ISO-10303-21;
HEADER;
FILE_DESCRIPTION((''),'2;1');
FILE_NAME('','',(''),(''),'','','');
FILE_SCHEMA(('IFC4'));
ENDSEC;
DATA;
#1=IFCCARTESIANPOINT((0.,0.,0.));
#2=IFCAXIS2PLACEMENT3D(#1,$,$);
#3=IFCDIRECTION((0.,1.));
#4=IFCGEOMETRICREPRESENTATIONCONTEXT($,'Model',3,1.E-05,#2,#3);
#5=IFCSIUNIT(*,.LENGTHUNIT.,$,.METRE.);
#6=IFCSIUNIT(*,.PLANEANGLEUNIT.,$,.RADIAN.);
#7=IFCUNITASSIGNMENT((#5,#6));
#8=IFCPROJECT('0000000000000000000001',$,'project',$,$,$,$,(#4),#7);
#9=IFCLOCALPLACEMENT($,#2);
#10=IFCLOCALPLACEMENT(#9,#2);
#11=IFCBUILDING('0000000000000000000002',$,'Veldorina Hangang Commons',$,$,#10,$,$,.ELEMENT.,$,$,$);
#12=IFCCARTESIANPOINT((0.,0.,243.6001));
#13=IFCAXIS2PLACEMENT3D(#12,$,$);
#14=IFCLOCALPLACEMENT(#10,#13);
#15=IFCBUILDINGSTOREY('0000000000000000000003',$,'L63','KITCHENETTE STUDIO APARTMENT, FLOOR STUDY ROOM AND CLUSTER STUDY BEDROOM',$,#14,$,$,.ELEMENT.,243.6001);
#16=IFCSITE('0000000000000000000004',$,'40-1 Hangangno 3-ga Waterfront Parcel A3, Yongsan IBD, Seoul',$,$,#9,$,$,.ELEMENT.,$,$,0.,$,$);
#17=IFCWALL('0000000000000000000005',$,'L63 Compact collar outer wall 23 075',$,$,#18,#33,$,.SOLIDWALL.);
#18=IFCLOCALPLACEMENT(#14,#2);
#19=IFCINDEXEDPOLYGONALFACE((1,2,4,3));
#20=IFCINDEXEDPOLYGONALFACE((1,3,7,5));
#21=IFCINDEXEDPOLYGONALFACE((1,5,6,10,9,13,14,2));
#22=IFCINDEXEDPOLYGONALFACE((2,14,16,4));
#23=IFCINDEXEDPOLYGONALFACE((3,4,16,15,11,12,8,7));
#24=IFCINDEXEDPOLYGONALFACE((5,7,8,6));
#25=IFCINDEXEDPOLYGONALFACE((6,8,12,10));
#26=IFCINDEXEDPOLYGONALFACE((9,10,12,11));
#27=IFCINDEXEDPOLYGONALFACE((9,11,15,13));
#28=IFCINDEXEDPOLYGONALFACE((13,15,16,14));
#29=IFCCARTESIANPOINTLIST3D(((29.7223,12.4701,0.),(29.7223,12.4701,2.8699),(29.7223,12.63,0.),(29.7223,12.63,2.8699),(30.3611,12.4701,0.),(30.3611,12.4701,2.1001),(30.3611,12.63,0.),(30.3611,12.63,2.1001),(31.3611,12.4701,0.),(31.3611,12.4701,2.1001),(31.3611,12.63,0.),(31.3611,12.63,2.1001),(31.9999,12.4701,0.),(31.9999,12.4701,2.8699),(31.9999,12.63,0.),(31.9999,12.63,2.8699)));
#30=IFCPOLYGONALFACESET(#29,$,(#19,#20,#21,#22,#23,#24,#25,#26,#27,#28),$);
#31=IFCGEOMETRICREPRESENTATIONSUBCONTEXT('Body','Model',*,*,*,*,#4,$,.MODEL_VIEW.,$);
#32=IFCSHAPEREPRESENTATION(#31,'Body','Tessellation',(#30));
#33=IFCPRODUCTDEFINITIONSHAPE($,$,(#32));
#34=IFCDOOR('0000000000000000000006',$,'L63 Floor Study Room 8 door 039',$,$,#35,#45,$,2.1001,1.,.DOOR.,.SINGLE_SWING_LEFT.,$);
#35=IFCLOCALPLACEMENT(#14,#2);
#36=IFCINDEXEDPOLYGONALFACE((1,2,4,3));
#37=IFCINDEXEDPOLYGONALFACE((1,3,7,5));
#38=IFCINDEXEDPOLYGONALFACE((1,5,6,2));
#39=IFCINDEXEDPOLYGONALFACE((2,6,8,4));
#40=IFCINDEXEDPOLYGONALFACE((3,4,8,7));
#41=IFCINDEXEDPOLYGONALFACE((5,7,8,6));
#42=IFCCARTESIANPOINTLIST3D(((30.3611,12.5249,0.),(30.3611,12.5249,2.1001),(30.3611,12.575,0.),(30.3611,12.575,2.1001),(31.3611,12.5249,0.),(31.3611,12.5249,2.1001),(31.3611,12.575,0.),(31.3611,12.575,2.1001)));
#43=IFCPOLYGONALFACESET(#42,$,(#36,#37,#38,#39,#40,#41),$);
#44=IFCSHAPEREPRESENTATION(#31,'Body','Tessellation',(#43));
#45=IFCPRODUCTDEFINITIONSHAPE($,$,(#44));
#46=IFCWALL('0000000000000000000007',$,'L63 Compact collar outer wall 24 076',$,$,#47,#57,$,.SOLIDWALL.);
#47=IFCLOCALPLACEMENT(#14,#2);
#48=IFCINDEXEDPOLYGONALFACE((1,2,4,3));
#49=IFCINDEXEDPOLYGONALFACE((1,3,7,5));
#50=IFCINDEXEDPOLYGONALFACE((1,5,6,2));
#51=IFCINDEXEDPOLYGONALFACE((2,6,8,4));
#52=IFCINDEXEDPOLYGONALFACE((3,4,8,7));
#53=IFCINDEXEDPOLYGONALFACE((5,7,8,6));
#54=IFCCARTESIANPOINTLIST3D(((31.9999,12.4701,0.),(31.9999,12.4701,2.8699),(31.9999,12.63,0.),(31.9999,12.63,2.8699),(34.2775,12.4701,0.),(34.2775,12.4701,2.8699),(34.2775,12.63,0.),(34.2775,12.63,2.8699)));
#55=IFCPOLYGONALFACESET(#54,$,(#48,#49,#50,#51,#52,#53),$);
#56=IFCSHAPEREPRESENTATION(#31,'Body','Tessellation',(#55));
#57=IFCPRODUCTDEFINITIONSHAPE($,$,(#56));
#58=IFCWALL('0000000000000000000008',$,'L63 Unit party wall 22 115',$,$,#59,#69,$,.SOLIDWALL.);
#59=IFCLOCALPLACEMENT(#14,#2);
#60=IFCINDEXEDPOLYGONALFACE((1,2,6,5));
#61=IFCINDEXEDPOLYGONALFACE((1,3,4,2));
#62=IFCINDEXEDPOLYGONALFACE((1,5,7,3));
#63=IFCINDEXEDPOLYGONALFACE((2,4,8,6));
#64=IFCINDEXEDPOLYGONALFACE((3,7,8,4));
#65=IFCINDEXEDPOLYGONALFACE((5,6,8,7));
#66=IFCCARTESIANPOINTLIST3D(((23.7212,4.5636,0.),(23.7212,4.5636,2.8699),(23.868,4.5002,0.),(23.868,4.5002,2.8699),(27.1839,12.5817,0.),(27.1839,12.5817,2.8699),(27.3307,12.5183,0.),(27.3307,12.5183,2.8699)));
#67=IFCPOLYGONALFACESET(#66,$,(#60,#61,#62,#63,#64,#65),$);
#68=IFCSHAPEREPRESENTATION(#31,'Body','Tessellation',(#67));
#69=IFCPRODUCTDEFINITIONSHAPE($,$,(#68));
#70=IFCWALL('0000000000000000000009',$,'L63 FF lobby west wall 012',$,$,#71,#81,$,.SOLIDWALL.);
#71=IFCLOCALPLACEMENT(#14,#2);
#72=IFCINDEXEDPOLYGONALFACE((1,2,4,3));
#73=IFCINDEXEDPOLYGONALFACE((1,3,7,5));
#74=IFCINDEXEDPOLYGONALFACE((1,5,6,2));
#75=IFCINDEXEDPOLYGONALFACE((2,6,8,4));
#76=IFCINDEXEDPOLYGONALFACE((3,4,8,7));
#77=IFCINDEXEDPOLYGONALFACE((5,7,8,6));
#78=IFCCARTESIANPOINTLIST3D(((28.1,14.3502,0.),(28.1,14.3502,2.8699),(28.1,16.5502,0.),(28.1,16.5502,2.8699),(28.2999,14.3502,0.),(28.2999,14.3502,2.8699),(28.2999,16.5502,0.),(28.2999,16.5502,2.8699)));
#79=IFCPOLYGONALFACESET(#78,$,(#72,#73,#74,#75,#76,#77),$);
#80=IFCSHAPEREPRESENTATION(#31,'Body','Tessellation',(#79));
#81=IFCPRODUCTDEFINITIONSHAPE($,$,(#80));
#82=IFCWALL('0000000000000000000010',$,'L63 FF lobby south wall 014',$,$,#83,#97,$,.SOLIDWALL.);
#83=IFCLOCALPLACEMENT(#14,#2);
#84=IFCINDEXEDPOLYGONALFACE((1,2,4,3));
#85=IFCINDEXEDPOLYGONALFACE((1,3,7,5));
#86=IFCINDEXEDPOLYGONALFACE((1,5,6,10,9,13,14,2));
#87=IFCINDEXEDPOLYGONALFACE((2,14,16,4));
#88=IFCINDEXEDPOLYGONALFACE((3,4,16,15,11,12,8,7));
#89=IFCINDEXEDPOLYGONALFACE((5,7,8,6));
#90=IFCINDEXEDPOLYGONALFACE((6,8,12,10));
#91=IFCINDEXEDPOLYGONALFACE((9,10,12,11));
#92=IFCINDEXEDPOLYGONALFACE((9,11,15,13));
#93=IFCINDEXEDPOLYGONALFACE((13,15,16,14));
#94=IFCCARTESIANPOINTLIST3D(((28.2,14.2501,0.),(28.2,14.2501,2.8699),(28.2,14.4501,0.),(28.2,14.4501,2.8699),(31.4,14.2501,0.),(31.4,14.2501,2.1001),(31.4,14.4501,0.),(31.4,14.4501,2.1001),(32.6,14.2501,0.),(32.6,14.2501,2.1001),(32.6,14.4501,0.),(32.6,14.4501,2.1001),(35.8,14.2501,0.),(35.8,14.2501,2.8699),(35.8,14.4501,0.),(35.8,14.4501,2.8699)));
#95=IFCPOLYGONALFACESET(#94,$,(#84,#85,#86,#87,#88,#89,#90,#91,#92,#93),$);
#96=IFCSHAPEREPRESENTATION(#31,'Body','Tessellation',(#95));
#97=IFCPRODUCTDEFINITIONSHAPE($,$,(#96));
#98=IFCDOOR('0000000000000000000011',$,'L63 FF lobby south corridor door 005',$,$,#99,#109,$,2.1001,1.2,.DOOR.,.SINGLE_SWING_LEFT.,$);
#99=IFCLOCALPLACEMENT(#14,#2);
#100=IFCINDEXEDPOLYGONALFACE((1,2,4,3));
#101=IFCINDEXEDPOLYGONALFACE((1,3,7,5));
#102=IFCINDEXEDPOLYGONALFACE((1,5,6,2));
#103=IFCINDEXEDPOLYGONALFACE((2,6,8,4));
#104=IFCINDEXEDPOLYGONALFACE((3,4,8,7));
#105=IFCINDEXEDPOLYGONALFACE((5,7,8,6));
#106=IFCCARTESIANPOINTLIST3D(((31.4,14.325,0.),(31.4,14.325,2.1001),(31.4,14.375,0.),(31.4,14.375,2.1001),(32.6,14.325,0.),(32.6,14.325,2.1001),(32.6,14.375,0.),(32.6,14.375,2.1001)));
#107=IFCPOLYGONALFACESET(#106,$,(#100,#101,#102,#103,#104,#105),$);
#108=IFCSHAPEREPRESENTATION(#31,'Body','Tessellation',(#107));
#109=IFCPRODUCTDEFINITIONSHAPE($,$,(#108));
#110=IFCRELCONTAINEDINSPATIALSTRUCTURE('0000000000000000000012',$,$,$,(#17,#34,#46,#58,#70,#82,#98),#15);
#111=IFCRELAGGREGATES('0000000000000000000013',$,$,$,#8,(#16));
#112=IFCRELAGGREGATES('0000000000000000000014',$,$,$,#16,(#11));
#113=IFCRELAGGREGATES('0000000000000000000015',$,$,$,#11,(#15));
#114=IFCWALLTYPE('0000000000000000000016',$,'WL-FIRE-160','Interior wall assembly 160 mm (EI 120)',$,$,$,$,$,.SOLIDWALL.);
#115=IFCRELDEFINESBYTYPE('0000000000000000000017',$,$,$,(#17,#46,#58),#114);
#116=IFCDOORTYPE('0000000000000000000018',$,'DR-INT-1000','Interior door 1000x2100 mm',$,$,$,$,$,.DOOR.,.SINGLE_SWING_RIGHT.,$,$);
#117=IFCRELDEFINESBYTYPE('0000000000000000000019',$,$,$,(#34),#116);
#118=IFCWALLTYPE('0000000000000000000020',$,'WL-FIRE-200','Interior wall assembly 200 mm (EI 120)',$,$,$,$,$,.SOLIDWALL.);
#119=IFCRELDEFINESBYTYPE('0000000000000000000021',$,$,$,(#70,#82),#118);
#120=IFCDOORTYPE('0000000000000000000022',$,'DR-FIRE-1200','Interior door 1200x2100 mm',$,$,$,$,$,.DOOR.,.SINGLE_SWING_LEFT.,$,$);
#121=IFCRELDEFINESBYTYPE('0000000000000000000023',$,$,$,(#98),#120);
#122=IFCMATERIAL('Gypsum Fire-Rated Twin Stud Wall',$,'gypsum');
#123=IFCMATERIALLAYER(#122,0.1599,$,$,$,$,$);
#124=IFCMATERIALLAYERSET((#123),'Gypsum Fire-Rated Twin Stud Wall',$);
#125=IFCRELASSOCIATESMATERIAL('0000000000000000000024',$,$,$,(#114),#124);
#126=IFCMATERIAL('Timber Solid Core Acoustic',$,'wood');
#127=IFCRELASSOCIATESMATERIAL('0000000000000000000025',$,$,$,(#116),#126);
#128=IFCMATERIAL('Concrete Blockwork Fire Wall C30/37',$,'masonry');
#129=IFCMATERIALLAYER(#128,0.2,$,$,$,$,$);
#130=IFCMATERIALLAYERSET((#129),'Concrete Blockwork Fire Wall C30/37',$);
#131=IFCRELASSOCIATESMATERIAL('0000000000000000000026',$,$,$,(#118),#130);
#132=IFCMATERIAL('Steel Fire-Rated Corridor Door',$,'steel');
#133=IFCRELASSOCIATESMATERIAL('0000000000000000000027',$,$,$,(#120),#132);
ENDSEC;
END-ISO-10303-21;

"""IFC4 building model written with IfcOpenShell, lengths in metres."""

from ifc_helpers import new_model, si_unit, direction, frame, frame_2d, origin, place, context, subcontext, project, spatial, rectangle, extrude, material, layer, layer_set, type_object, element, fill, save


model = new_model("IFC4")

# Units and contexts
model_context = context("Model", 3, precision=1e-05, world=origin(), true_north=direction((0.0, 1.0)))
body_context = subcontext(model_context, "Body", "Model", "MODEL_VIEW")
ifc_project = project(units=[si_unit("LENGTHUNIT", "METRE"), si_unit("PLANEANGLEUNIT", "RADIAN")], contexts=[model_context])

# Site, building, storey
site_placement = place(None, origin())
site = spatial("IfcSite", under=ifc_project, at=site_placement, Name="40-1 Hangangno 3-ga Waterfront Parcel A3, Yongsan IBD, Seoul", CompositionType="ELEMENT", RefElevation=0.0)
building_placement = place(site_placement, origin())
building = spatial("IfcBuilding", under=site, at=building_placement, Name="Veldorina Hangang Commons", CompositionType="ELEMENT")
storey_placement = place(building_placement, frame((0.0, 0.0, 243.6001)))
storey = spatial("IfcBuildingStorey", under=building, at=storey_placement, Name="L63", Description="KITCHENETTE STUDIO APARTMENT, FLOOR STUDY ROOM AND CLUSTER STUDY BEDROOM", CompositionType="ELEMENT", Elevation=243.6001)

# Shared definitions
ifc_material_1 = material(Name="Gypsum Fire-Rated Twin Stud Wall", Category="gypsum")
ifc_layer_1 = layer(ifc_material_1, 0.1599)
ifc_layer_set_1 = layer_set([ifc_layer_1], Name="Gypsum Fire-Rated Twin Stud Wall")
wall_type_1 = type_object("IfcWallType", Name="WL-FIRE-160", Description="Interior wall assembly 160 mm (EI 120)", PredefinedType="SOLIDWALL", material=ifc_layer_set_1)

# Wall, opening, door
wall_1_placement = place(storey_placement, frame((29.7224, 12.55, 0.0), z_axis=(0.0, 0.0, 1.0), x_axis=(1.0, 0.0, 0.0)))
wall_1 = element("IfcWall", 1, at=wall_1_placement, inside=storey, type_object=wall_type_1, Name="L63 Compact collar outer wall 23 075", PredefinedType="SOLIDWALL", context=body_context, shape_type="SweptSolid", body=[
    extrude(rectangle(XDim=2.2776, YDim=0.1599, at=frame_2d((1.1387, 0.0))), origin(), (0.0, 0.0, 1.0), 2.8699),
])
opening_1_placement = place(wall_1_placement, frame((0.6387, 0.0, 0.0)))
opening_1 = element("IfcOpeningElement", 2, at=opening_1_placement, cuts=wall_1, PredefinedType="OPENING", context=body_context, shape_type="SweptSolid", body=[
    extrude(rectangle(XDim=1.0, YDim=2.1001, at=frame_2d((0.5, 1.05))), frame((0.0, 0.0898, 0.0), z_axis=(0.0, -1.0, 0.0), x_axis=(1.0, 0.0, 0.0)), (0.0, 0.0, 1.0), 0.1799),
])
ifc_material_2 = material(Name="Timber Solid Core Acoustic", Category="wood")
door_type_1 = type_object("IfcDoorType", Name="DR-INT-1000", Description="Interior door 1000x2100 mm", OperationType="SINGLE_SWING_RIGHT", PredefinedType="DOOR", material=ifc_material_2)
door_1_placement = place(opening_1_placement, origin())
door_1 = element("IfcDoor", 3, at=door_1_placement, inside=storey, type_object=door_type_1, Name="L63 Floor Study Room 8 door 039", OperationType="SINGLE_SWING_LEFT", OverallHeight=2.1001, OverallWidth=1.0, PredefinedType="DOOR", context=body_context, shape_type="SweptSolid", body=[
    extrude(rectangle(XDim=1.0, YDim=2.1001, at=frame_2d((0.5, 1.05))), frame((0.0, 0.0249, 0.0), z_axis=(0.0, -1.0, 0.0), x_axis=(1.0, 0.0, 0.0)), (0.0, 0.0, 1.0), 0.05),
])
fill(opening_1, door_1)

# Walls
wall_2_placement = place(storey_placement, frame((32.0, 12.55, 0.0), z_axis=(0.0, 0.0, 1.0), x_axis=(1.0, 0.0, 0.0)))
element("IfcWall", 4, at=wall_2_placement, inside=storey, type_object=wall_type_1, Name="L63 Compact collar outer wall 24 076", PredefinedType="SOLIDWALL", context=body_context, shape_type="SweptSolid", body=[
    extrude(rectangle(XDim=2.2776, YDim=0.1599, at=frame_2d((1.1387, 0.0))), origin(), (0.0, 0.0, 1.0), 2.8699),
])
wall_3_placement = place(storey_placement, frame((27.2573, 12.55, 0.0), z_axis=(0.0, 0.0, 1.0), x_axis=(-0.396465, -0.91805, 0.0)))
element("IfcWall", 5, at=wall_3_placement, inside=storey, type_object=wall_type_1, Name="L63 Unit party wall 22 115", PredefinedType="SOLIDWALL", context=body_context, shape_type="SweptSolid", body=[
    extrude(rectangle(XDim=8.7339, YDim=0.1599, at=frame_2d((4.3669, 0.0))), origin(), (0.0, 0.0, 1.0), 2.8699),
])
ifc_material_3 = material(Name="Concrete Blockwork Fire Wall C30/37", Category="masonry")
ifc_layer_2 = layer(ifc_material_3, 0.2)
ifc_layer_set_2 = layer_set([ifc_layer_2], Name="Concrete Blockwork Fire Wall C30/37")
wall_type_2 = type_object("IfcWallType", Name="WL-FIRE-200", Description="Interior wall assembly 200 mm (EI 120)", PredefinedType="SOLIDWALL", material=ifc_layer_set_2)
wall_4_placement = place(storey_placement, frame((28.2, 14.3501, 0.0), z_axis=(0.0, 0.0, 1.0), x_axis=(0.0, 1.0, 0.0)))
element("IfcWall", 6, at=wall_4_placement, inside=storey, type_object=wall_type_2, Name="L63 FF lobby west wall 012", PredefinedType="SOLIDWALL", context=body_context, shape_type="SweptSolid", body=[
    extrude(rectangle(XDim=2.2, YDim=0.2, at=frame_2d((1.1001, 0.0))), origin(), (0.0, 0.0, 1.0), 2.8699),
])

# Wall, opening, door
wall_5_placement = place(storey_placement, frame((28.2, 14.3501, 0.0), z_axis=(0.0, 0.0, 1.0), x_axis=(1.0, 0.0, 0.0)))
wall_5 = element("IfcWall", 7, at=wall_5_placement, inside=storey, type_object=wall_type_2, Name="L63 FF lobby south wall 014", PredefinedType="SOLIDWALL", context=body_context, shape_type="SweptSolid", body=[
    extrude(rectangle(XDim=7.6001, YDim=0.2, at=frame_2d((3.8, 0.0))), origin(), (0.0, 0.0, 1.0), 2.8699),
])
opening_2_placement = place(wall_5_placement, frame((3.2, 0.0, 0.0)))
opening_2 = element("IfcOpeningElement", 8, at=opening_2_placement, cuts=wall_5, PredefinedType="OPENING", context=body_context, shape_type="SweptSolid", body=[
    extrude(rectangle(XDim=1.2, YDim=2.1001, at=frame_2d((0.6001, 1.05))), frame((0.0, 0.1099, 0.0), z_axis=(0.0, -1.0, 0.0), x_axis=(1.0, 0.0, 0.0)), (0.0, 0.0, 1.0), 0.22),
])
ifc_material_4 = material(Name="Steel Fire-Rated Corridor Door", Category="steel")
door_type_2 = type_object("IfcDoorType", Name="DR-FIRE-1200", Description="Interior door 1200x2100 mm", OperationType="SINGLE_SWING_LEFT", PredefinedType="DOOR", material=ifc_material_4)
door_2_placement = place(opening_2_placement, origin())
door_2 = element("IfcDoor", 9, at=door_2_placement, inside=storey, type_object=door_type_2, Name="L63 FF lobby south corridor door 005", OperationType="SINGLE_SWING_LEFT", OverallHeight=2.1001, OverallWidth=1.2, PredefinedType="DOOR", context=body_context, shape_type="SweptSolid", body=[
    extrude(rectangle(XDim=1.2, YDim=2.1001, at=frame_2d((0.6001, 1.05))), frame((0.0, 0.0249, 0.0), z_axis=(0.0, -1.0, 0.0), x_axis=(1.0, 0.0, 0.0)), (0.0, 0.0, 1.0), 0.05),
])
fill(opening_2, door_2)

save(model, "model.ifc")
